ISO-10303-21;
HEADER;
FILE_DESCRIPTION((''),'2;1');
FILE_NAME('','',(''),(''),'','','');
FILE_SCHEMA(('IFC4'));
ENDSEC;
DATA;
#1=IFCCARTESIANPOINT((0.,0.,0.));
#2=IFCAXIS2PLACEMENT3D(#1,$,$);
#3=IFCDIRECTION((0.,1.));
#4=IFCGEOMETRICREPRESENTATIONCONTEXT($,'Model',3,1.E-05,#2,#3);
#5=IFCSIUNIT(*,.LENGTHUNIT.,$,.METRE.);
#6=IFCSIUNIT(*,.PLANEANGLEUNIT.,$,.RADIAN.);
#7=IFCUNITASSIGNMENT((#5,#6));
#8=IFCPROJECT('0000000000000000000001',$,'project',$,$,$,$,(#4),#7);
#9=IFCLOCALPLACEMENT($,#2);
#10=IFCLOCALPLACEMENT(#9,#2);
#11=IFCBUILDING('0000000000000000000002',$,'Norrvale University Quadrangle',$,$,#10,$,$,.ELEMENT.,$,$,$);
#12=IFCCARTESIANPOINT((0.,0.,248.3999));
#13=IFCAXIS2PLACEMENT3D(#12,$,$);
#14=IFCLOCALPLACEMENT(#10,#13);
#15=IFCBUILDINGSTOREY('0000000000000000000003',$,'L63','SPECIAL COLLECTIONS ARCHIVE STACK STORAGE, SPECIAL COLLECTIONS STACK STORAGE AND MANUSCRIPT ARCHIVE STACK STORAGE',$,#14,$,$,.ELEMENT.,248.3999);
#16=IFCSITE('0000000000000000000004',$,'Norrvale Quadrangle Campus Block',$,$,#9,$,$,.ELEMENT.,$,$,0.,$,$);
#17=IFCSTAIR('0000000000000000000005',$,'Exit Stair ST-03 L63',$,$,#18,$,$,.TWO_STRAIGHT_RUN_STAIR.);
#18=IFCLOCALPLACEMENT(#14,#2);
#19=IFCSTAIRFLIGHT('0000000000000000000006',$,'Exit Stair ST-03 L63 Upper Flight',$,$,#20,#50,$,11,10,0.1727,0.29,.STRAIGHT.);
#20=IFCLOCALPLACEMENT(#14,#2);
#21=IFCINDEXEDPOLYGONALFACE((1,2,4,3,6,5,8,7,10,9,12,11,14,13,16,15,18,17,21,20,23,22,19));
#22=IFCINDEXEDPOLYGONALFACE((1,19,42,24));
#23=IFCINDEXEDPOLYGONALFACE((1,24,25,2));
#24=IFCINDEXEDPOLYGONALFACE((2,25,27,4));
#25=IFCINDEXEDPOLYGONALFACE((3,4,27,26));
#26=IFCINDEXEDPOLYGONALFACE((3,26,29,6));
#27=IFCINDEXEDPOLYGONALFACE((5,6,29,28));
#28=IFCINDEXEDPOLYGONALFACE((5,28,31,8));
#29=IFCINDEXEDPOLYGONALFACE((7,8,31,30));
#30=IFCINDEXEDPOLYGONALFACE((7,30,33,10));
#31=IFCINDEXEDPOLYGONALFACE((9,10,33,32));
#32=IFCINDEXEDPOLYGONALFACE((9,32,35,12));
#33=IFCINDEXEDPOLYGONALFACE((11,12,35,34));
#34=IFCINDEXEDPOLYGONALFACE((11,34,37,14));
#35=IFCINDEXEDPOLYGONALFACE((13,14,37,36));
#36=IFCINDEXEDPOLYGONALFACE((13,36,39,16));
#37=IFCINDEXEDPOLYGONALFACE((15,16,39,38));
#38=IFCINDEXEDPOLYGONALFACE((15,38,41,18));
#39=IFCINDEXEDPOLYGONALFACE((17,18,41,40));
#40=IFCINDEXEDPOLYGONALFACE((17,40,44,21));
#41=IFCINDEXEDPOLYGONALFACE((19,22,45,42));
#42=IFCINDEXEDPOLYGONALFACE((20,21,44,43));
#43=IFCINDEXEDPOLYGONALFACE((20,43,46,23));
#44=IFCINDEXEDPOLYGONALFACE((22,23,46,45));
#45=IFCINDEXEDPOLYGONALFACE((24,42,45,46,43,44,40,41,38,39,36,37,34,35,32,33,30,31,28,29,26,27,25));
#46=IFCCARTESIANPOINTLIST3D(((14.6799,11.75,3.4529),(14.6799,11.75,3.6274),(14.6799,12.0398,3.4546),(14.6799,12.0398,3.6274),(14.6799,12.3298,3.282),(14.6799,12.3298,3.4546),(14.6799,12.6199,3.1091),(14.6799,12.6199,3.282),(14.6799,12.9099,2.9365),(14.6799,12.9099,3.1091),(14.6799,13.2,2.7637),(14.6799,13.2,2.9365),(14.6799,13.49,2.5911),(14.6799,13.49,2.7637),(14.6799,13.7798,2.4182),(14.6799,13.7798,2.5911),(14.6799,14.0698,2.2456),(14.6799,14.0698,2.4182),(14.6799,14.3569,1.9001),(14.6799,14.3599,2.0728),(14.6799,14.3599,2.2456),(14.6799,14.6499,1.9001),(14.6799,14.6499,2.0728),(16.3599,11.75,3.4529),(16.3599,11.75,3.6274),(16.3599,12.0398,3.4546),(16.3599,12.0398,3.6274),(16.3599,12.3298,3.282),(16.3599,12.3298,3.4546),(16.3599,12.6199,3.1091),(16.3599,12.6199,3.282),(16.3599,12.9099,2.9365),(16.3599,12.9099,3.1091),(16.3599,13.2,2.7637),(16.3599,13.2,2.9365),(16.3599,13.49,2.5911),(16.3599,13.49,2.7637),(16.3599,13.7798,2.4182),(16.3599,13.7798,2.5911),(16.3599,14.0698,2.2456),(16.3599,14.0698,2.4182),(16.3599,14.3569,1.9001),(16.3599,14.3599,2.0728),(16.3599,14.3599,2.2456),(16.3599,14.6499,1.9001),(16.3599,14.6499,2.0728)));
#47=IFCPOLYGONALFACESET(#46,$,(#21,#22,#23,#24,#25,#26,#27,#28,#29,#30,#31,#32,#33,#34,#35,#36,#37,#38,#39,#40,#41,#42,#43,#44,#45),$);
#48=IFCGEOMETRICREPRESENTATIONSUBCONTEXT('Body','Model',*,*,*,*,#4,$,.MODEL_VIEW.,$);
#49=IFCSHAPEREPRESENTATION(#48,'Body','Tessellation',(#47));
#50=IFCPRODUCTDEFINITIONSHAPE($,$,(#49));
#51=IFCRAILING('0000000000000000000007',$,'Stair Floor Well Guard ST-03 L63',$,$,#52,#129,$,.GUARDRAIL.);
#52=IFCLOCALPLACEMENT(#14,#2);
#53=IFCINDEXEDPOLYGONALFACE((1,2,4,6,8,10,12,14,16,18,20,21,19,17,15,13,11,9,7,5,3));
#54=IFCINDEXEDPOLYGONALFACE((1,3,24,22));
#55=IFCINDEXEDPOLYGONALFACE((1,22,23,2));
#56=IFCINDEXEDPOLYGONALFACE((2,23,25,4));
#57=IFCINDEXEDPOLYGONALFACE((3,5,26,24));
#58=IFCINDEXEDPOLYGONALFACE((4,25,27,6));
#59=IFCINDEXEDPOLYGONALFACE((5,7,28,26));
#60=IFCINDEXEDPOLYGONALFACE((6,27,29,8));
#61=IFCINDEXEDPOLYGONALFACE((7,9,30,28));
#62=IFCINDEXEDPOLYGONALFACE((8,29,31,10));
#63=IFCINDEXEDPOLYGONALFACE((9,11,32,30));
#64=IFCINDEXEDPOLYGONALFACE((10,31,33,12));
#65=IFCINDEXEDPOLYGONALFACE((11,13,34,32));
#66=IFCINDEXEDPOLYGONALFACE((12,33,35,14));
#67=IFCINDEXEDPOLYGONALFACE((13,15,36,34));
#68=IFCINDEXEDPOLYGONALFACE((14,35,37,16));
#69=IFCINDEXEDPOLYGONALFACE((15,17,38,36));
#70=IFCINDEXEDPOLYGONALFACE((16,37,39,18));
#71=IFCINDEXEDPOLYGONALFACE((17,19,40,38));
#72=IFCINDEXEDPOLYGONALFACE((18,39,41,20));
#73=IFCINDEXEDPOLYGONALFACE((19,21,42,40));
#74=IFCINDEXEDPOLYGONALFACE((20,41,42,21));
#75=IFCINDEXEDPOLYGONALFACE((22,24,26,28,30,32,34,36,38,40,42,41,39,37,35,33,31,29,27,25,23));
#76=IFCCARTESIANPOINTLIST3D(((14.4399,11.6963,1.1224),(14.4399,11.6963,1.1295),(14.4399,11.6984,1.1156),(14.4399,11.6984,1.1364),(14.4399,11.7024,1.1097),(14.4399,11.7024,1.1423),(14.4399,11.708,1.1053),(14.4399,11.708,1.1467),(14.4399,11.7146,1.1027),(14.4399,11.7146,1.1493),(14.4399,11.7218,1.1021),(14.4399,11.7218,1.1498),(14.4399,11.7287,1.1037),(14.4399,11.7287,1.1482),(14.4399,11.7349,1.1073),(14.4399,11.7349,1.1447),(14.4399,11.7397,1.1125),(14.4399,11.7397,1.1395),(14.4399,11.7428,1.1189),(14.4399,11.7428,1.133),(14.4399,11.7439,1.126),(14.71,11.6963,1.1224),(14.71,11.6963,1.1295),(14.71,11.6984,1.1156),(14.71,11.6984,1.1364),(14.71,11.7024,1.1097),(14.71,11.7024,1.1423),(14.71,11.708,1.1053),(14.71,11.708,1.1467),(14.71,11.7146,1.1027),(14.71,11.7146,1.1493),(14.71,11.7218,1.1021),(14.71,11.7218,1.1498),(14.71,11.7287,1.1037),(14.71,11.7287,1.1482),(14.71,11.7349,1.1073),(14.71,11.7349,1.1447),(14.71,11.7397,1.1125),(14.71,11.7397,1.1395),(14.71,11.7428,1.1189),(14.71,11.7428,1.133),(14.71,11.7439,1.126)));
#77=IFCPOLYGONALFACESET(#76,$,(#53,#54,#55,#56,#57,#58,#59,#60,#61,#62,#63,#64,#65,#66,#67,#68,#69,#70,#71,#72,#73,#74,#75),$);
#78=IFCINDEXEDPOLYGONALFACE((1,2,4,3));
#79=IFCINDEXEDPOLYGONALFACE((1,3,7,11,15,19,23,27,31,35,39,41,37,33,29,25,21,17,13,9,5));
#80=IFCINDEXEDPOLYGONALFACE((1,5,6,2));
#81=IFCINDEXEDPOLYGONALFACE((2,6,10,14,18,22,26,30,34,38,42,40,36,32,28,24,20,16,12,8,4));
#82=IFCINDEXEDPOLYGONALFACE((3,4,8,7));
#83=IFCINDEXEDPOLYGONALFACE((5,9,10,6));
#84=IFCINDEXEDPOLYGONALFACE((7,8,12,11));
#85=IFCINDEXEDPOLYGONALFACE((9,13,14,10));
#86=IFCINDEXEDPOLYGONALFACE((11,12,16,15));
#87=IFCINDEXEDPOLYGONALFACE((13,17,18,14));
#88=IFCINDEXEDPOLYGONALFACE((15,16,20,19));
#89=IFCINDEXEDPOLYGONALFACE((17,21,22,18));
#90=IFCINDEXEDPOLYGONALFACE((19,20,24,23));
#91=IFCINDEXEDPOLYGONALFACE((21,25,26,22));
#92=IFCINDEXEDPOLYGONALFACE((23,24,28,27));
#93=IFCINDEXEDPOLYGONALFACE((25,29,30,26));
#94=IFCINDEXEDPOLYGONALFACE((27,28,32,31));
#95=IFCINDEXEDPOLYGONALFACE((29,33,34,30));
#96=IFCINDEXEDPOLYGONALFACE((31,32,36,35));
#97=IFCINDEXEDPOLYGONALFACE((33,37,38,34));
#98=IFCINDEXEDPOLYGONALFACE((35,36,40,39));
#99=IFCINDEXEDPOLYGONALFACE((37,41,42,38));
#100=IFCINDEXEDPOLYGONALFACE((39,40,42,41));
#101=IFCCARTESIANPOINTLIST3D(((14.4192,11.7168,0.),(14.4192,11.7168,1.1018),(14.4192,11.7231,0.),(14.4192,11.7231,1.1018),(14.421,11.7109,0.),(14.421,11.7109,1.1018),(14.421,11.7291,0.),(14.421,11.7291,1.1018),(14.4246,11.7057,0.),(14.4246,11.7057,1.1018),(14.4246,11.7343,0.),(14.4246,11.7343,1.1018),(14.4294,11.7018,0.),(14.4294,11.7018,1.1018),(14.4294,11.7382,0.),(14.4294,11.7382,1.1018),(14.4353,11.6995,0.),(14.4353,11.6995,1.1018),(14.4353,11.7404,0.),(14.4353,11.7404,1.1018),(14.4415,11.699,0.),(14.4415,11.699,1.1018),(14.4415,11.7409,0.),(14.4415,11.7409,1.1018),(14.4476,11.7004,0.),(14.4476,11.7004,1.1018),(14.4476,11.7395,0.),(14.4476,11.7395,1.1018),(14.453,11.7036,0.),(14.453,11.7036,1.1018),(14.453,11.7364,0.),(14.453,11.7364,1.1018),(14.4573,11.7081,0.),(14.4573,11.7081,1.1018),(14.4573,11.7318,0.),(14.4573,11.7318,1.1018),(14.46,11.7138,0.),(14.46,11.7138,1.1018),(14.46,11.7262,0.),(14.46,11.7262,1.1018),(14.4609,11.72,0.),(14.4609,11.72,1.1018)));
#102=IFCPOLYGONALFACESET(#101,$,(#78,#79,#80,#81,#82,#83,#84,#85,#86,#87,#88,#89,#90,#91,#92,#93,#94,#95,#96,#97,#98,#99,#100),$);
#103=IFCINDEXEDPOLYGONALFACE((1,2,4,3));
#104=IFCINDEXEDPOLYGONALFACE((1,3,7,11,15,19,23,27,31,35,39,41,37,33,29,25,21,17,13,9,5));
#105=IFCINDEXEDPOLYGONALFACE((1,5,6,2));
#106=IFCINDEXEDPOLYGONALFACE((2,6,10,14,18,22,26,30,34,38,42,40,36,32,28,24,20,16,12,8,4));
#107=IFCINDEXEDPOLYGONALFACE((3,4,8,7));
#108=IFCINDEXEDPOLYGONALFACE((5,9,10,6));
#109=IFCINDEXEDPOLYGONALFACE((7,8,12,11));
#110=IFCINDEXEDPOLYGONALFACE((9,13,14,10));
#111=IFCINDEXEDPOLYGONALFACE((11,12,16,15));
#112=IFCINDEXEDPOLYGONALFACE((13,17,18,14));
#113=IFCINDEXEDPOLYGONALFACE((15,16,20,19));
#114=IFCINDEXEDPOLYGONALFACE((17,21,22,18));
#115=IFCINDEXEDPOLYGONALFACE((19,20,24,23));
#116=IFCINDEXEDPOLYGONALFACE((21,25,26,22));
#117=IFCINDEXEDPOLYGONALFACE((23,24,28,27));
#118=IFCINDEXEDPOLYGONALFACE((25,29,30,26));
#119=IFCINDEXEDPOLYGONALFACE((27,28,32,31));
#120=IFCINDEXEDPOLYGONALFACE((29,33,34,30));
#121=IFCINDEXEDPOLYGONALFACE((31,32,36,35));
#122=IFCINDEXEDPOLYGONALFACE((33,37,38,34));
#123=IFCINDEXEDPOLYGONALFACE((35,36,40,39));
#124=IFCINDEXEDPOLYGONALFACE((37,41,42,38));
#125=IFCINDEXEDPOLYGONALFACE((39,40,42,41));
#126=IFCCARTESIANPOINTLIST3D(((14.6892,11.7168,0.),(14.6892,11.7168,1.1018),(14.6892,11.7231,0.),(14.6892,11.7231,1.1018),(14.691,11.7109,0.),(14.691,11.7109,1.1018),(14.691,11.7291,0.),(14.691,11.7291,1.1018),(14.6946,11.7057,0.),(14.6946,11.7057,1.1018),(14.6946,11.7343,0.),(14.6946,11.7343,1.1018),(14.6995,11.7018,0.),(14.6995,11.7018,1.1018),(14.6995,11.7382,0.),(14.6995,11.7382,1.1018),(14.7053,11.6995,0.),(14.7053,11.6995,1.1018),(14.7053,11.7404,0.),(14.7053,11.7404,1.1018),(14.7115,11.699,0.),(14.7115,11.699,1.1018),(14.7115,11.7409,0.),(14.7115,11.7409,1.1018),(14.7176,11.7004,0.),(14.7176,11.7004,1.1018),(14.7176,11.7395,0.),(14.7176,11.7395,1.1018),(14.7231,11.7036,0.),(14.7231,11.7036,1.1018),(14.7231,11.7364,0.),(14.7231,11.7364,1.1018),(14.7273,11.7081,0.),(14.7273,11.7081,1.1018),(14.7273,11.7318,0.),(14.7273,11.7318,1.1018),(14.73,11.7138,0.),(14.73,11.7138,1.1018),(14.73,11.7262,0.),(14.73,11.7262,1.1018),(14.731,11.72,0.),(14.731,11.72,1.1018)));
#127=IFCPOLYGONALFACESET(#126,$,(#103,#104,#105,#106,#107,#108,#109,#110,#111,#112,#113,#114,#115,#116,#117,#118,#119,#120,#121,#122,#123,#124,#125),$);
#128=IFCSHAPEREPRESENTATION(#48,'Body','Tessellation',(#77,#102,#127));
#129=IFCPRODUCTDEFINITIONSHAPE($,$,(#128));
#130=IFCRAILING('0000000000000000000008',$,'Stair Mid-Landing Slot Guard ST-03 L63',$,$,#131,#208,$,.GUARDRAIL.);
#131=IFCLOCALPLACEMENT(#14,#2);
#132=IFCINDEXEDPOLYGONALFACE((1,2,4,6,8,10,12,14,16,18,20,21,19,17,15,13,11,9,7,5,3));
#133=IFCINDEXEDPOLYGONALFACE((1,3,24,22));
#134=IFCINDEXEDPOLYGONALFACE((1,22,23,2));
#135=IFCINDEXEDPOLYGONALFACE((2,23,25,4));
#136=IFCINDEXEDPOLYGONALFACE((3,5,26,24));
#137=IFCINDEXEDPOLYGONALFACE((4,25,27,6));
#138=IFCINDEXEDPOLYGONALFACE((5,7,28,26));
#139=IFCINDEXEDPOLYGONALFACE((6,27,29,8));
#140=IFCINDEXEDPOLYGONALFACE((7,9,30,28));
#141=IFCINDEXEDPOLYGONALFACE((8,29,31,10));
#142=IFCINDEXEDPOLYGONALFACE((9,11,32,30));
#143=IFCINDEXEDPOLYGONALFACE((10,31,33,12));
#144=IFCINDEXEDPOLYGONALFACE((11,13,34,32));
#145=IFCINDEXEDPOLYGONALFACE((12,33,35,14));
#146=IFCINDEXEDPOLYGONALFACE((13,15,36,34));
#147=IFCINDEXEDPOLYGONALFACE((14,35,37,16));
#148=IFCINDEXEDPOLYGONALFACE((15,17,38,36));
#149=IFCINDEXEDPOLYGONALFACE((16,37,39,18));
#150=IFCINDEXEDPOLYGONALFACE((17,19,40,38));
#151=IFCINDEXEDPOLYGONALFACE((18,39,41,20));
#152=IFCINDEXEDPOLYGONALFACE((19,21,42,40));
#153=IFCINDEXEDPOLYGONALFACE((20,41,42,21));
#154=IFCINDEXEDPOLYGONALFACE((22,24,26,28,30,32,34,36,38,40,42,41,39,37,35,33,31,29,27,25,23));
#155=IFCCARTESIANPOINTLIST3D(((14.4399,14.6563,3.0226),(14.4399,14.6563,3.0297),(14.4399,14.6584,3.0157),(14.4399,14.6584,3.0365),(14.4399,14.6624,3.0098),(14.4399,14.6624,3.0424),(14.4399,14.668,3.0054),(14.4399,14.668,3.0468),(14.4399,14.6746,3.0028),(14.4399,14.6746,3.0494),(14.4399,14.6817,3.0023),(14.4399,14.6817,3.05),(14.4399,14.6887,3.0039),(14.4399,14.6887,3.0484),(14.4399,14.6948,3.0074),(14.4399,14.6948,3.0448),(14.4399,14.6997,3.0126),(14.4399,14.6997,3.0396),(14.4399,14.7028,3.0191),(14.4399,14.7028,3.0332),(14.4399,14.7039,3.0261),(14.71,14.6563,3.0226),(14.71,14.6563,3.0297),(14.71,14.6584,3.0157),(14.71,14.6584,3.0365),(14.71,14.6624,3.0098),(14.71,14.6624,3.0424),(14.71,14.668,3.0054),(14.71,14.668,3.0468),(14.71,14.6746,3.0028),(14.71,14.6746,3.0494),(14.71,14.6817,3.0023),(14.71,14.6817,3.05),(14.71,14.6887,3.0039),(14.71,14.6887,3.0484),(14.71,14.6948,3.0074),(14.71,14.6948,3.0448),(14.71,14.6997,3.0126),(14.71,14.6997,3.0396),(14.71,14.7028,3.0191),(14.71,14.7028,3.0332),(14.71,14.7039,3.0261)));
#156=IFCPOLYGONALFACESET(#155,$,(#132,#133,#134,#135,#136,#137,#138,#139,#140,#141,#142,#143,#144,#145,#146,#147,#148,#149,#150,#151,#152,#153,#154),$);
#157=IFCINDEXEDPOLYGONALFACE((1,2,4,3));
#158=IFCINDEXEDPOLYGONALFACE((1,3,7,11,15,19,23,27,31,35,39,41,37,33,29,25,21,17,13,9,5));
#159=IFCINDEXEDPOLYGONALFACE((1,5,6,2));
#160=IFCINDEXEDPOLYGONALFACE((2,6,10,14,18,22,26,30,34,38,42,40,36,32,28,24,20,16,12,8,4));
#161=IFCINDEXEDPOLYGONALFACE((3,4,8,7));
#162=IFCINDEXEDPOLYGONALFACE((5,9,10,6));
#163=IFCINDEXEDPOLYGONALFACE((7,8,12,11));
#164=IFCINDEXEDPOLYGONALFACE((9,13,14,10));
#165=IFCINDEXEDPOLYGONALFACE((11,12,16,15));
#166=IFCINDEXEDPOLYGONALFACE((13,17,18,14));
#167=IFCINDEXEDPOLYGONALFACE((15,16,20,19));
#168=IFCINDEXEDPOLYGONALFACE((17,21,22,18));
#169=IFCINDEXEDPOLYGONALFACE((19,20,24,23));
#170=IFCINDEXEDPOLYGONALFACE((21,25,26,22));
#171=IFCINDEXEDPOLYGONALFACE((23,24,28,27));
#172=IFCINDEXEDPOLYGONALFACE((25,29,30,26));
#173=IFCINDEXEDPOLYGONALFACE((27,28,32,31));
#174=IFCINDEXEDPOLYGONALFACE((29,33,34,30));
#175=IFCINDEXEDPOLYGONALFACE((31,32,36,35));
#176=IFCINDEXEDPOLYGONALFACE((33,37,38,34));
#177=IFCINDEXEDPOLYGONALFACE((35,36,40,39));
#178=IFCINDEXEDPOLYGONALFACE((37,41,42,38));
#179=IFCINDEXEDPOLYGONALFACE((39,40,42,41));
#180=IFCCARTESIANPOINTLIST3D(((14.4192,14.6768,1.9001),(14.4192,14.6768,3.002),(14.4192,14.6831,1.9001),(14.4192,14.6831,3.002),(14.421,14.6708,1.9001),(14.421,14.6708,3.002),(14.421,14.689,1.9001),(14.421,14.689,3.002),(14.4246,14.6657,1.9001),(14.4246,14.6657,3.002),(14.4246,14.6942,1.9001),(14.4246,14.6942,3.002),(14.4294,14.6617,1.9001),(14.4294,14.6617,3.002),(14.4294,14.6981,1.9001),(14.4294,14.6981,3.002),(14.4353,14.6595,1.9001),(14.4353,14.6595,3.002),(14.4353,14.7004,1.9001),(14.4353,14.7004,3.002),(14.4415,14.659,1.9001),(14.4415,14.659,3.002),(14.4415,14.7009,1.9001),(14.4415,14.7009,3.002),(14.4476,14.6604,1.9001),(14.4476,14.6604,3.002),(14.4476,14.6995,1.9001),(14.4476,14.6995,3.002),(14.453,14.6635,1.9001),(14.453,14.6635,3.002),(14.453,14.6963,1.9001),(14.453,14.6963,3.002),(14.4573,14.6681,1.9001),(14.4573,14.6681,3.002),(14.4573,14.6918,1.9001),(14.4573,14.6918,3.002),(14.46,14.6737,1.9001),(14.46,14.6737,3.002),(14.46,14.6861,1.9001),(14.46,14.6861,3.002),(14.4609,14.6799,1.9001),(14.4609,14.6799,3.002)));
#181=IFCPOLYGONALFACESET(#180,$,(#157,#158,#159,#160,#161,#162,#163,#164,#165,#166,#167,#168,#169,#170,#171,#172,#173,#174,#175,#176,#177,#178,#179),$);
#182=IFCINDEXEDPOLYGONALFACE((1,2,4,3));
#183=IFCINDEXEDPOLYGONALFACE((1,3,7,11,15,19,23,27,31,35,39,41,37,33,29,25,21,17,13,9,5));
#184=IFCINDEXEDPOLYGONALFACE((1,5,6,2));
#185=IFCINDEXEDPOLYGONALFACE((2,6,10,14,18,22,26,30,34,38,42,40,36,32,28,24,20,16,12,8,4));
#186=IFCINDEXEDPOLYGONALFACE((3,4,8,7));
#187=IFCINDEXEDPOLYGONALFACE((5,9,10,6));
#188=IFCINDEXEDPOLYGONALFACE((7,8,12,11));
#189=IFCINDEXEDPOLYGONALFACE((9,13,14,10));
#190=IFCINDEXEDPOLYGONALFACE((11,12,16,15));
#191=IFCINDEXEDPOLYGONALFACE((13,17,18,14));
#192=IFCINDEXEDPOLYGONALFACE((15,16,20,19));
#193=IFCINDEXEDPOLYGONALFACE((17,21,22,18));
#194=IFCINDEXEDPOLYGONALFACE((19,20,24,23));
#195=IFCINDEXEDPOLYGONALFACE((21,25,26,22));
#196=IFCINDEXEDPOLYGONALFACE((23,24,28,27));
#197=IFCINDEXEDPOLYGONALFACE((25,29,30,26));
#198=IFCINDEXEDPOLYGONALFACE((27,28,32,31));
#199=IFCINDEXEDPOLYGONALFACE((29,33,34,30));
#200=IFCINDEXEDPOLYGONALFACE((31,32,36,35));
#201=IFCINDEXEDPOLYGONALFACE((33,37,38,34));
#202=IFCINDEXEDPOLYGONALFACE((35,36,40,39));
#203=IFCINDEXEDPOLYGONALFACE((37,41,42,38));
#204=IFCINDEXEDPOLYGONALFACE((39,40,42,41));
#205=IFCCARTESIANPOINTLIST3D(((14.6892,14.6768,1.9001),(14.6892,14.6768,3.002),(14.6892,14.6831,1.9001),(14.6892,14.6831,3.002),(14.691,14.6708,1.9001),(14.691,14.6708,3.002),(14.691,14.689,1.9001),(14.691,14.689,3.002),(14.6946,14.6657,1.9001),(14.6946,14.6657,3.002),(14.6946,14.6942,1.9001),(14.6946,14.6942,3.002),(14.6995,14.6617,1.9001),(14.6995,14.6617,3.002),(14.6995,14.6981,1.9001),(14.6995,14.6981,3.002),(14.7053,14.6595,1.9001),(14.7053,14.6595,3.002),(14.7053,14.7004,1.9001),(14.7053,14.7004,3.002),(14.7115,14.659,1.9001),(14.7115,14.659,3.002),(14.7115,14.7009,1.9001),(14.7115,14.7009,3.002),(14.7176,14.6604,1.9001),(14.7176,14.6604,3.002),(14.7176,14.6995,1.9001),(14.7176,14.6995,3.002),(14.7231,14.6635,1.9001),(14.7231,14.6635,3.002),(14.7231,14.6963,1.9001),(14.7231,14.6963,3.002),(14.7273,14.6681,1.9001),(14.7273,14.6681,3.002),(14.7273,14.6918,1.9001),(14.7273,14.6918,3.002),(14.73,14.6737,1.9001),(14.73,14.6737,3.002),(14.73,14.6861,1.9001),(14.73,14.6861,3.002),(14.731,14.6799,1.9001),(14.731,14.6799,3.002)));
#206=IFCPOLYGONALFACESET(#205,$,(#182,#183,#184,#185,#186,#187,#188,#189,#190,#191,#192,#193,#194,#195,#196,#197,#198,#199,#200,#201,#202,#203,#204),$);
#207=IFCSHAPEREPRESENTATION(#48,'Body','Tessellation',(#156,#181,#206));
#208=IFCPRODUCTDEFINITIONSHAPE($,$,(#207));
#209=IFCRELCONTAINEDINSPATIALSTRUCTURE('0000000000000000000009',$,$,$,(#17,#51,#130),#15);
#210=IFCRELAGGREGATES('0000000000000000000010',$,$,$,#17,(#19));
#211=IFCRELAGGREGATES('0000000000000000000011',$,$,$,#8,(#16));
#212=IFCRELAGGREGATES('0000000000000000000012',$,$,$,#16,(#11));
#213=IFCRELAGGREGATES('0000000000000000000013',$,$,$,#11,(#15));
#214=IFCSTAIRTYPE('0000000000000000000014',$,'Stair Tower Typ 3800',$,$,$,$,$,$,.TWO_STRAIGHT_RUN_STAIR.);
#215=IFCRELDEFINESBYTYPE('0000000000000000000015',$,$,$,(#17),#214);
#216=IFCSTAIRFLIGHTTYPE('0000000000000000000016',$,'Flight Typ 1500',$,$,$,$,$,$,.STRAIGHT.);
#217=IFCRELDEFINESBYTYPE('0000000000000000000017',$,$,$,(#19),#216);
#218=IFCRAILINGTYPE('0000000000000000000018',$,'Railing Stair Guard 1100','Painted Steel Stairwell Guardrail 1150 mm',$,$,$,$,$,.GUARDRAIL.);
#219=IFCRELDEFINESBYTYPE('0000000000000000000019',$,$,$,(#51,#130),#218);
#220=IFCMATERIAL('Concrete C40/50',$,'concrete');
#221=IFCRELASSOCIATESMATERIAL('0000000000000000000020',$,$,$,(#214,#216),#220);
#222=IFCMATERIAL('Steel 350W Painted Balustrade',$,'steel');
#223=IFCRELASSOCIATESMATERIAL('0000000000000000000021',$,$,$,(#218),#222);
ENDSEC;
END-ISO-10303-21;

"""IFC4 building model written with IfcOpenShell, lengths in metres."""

from ifc_helpers import new_model, si_unit, direction, frame, origin, origin_2d, place, context, subcontext, project, spatial, polyline, circle, outline, extrude, material, type_object, element, aggregate, save


model = new_model("IFC4")

# Units and contexts
model_context = context("Model", 3, precision=1e-05, world=origin(), true_north=direction((0.0, 1.0)))
body_context = subcontext(model_context, "Body", "Model", "MODEL_VIEW")
ifc_project = project(units=[si_unit("LENGTHUNIT", "METRE"), si_unit("PLANEANGLEUNIT", "RADIAN")], contexts=[model_context])

# Site, building, storey
site_placement = place(None, origin())
site = spatial("IfcSite", under=ifc_project, at=site_placement, Name="Norrvale Quadrangle Campus Block", CompositionType="ELEMENT", RefElevation=0.0)
building_placement = place(site_placement, origin())
building = spatial("IfcBuilding", under=site, at=building_placement, Name="Norrvale University Quadrangle", CompositionType="ELEMENT")
storey_placement = place(building_placement, frame((0.0, 0.0, 248.3999)))
storey = spatial("IfcBuildingStorey", under=building, at=storey_placement, Name="L63", Description="SPECIAL COLLECTIONS ARCHIVE STACK STORAGE, SPECIAL COLLECTIONS STACK STORAGE AND MANUSCRIPT ARCHIVE STACK STORAGE", CompositionType="ELEMENT", Elevation=248.3999)

# Stair, stair flight
ifc_material_1 = material(Name="Concrete C40/50", Category="concrete")
stair_type = type_object("IfcStairType", Name="Stair Tower Typ 3800", PredefinedType="TWO_STRAIGHT_RUN_STAIR", material=ifc_material_1)
stair_placement = place(storey_placement, origin())
stair = element("IfcStair", 1, at=stair_placement, inside=storey, type_object=stair_type, Name="Exit Stair ST-03 L63", PredefinedType="TWO_STRAIGHT_RUN_STAIR")
stair_flight_type = type_object("IfcStairFlightType", Name="Flight Typ 1500", PredefinedType="STRAIGHT", material=ifc_material_1)
stair_flight_1_placement = place(storey_placement, frame((15.52, 14.6499, 1.9001), z_axis=(0.0, 0.0, 1.0), x_axis=(0.0, -1.0, 0.0)))
stair_flight_1 = element("IfcStairFlight", 2, at=stair_flight_1_placement, type_object=stair_flight_type, Name="Exit Stair ST-03 L63 Upper Flight", NumberOfRisers=11, NumberOfTreads=10, PredefinedType="STRAIGHT", RiserHeight=0.1727, TreadLength=0.29, context=body_context, shape_type="SweptSolid", body=[
    extrude(outline(polyline([(0.0, 0.0), (0.0, 0.1726), (0.29, 0.1726), (0.29, 0.3455), (0.5801, 0.3455), (0.5801, 0.5181), (0.8701, 0.5181), (0.8701, 0.6909), (1.1599, 0.6909), (1.1599, 0.8635), (1.45, 0.8635), (1.45, 1.0364), (1.74, 1.0364), (1.74, 1.209), (2.03, 1.209), (2.03, 1.3818), (2.3201, 1.3818), (2.3201, 1.5544), (2.6101, 1.5544), (2.6101, 1.7273), (2.8999, 1.7273), (2.8999, 1.8999), (2.8999, 1.5527), (0.293, 0.0), (0.0, 0.0)])), frame((0.0, 0.8398, 0.0), z_axis=(0.0, -1.0, 0.0), x_axis=(1.0, 0.0, 0.0)), (0.0, 0.0, 1.0), 1.6799),
])
aggregate(stair, [stair_flight_1])

# Railings
ifc_material_2 = material(Name="Steel 350W Painted Balustrade", Category="steel")
railing_type_1 = type_object("IfcRailingType", Name="Railing Stair Guard 1100", Description="Painted Steel Stairwell Guardrail 1150 mm", PredefinedType="GUARDRAIL", material=ifc_material_2)
for number, where, name in (
    (3, (14.4399, 11.72, 0.0), "Stair Floor Well Guard ST-03 L63"),
    (4, (14.4399, 14.6799, 1.9001), "Stair Mid-Landing Slot Guard ST-03 L63"),
):
    element("IfcRailing", number, at=place(storey_placement, frame(where)), inside=storey, type_object=railing_type_1, Name=name, PredefinedType="GUARDRAIL", context=body_context, shape_type="SweptSolid", body=[
        extrude(circle(Radius=0.0239, at=origin_2d()), frame((0.0, 0.0, 1.126), z_axis=(1.0, 0.0, 0.0), x_axis=(0.0, 1.0, 0.0)), (0.0, 0.0, 1.0), 0.27),
        extrude(circle(Radius=0.021, at=origin_2d()), origin(), (0.0, 0.0, 1.0), 1.1018),
        extrude(circle(Radius=0.021, at=origin_2d()), frame((0.27, 0.0, 0.0)), (0.0, 0.0, 1.0), 1.1018),
    ])

save(model, "model.ifc")
